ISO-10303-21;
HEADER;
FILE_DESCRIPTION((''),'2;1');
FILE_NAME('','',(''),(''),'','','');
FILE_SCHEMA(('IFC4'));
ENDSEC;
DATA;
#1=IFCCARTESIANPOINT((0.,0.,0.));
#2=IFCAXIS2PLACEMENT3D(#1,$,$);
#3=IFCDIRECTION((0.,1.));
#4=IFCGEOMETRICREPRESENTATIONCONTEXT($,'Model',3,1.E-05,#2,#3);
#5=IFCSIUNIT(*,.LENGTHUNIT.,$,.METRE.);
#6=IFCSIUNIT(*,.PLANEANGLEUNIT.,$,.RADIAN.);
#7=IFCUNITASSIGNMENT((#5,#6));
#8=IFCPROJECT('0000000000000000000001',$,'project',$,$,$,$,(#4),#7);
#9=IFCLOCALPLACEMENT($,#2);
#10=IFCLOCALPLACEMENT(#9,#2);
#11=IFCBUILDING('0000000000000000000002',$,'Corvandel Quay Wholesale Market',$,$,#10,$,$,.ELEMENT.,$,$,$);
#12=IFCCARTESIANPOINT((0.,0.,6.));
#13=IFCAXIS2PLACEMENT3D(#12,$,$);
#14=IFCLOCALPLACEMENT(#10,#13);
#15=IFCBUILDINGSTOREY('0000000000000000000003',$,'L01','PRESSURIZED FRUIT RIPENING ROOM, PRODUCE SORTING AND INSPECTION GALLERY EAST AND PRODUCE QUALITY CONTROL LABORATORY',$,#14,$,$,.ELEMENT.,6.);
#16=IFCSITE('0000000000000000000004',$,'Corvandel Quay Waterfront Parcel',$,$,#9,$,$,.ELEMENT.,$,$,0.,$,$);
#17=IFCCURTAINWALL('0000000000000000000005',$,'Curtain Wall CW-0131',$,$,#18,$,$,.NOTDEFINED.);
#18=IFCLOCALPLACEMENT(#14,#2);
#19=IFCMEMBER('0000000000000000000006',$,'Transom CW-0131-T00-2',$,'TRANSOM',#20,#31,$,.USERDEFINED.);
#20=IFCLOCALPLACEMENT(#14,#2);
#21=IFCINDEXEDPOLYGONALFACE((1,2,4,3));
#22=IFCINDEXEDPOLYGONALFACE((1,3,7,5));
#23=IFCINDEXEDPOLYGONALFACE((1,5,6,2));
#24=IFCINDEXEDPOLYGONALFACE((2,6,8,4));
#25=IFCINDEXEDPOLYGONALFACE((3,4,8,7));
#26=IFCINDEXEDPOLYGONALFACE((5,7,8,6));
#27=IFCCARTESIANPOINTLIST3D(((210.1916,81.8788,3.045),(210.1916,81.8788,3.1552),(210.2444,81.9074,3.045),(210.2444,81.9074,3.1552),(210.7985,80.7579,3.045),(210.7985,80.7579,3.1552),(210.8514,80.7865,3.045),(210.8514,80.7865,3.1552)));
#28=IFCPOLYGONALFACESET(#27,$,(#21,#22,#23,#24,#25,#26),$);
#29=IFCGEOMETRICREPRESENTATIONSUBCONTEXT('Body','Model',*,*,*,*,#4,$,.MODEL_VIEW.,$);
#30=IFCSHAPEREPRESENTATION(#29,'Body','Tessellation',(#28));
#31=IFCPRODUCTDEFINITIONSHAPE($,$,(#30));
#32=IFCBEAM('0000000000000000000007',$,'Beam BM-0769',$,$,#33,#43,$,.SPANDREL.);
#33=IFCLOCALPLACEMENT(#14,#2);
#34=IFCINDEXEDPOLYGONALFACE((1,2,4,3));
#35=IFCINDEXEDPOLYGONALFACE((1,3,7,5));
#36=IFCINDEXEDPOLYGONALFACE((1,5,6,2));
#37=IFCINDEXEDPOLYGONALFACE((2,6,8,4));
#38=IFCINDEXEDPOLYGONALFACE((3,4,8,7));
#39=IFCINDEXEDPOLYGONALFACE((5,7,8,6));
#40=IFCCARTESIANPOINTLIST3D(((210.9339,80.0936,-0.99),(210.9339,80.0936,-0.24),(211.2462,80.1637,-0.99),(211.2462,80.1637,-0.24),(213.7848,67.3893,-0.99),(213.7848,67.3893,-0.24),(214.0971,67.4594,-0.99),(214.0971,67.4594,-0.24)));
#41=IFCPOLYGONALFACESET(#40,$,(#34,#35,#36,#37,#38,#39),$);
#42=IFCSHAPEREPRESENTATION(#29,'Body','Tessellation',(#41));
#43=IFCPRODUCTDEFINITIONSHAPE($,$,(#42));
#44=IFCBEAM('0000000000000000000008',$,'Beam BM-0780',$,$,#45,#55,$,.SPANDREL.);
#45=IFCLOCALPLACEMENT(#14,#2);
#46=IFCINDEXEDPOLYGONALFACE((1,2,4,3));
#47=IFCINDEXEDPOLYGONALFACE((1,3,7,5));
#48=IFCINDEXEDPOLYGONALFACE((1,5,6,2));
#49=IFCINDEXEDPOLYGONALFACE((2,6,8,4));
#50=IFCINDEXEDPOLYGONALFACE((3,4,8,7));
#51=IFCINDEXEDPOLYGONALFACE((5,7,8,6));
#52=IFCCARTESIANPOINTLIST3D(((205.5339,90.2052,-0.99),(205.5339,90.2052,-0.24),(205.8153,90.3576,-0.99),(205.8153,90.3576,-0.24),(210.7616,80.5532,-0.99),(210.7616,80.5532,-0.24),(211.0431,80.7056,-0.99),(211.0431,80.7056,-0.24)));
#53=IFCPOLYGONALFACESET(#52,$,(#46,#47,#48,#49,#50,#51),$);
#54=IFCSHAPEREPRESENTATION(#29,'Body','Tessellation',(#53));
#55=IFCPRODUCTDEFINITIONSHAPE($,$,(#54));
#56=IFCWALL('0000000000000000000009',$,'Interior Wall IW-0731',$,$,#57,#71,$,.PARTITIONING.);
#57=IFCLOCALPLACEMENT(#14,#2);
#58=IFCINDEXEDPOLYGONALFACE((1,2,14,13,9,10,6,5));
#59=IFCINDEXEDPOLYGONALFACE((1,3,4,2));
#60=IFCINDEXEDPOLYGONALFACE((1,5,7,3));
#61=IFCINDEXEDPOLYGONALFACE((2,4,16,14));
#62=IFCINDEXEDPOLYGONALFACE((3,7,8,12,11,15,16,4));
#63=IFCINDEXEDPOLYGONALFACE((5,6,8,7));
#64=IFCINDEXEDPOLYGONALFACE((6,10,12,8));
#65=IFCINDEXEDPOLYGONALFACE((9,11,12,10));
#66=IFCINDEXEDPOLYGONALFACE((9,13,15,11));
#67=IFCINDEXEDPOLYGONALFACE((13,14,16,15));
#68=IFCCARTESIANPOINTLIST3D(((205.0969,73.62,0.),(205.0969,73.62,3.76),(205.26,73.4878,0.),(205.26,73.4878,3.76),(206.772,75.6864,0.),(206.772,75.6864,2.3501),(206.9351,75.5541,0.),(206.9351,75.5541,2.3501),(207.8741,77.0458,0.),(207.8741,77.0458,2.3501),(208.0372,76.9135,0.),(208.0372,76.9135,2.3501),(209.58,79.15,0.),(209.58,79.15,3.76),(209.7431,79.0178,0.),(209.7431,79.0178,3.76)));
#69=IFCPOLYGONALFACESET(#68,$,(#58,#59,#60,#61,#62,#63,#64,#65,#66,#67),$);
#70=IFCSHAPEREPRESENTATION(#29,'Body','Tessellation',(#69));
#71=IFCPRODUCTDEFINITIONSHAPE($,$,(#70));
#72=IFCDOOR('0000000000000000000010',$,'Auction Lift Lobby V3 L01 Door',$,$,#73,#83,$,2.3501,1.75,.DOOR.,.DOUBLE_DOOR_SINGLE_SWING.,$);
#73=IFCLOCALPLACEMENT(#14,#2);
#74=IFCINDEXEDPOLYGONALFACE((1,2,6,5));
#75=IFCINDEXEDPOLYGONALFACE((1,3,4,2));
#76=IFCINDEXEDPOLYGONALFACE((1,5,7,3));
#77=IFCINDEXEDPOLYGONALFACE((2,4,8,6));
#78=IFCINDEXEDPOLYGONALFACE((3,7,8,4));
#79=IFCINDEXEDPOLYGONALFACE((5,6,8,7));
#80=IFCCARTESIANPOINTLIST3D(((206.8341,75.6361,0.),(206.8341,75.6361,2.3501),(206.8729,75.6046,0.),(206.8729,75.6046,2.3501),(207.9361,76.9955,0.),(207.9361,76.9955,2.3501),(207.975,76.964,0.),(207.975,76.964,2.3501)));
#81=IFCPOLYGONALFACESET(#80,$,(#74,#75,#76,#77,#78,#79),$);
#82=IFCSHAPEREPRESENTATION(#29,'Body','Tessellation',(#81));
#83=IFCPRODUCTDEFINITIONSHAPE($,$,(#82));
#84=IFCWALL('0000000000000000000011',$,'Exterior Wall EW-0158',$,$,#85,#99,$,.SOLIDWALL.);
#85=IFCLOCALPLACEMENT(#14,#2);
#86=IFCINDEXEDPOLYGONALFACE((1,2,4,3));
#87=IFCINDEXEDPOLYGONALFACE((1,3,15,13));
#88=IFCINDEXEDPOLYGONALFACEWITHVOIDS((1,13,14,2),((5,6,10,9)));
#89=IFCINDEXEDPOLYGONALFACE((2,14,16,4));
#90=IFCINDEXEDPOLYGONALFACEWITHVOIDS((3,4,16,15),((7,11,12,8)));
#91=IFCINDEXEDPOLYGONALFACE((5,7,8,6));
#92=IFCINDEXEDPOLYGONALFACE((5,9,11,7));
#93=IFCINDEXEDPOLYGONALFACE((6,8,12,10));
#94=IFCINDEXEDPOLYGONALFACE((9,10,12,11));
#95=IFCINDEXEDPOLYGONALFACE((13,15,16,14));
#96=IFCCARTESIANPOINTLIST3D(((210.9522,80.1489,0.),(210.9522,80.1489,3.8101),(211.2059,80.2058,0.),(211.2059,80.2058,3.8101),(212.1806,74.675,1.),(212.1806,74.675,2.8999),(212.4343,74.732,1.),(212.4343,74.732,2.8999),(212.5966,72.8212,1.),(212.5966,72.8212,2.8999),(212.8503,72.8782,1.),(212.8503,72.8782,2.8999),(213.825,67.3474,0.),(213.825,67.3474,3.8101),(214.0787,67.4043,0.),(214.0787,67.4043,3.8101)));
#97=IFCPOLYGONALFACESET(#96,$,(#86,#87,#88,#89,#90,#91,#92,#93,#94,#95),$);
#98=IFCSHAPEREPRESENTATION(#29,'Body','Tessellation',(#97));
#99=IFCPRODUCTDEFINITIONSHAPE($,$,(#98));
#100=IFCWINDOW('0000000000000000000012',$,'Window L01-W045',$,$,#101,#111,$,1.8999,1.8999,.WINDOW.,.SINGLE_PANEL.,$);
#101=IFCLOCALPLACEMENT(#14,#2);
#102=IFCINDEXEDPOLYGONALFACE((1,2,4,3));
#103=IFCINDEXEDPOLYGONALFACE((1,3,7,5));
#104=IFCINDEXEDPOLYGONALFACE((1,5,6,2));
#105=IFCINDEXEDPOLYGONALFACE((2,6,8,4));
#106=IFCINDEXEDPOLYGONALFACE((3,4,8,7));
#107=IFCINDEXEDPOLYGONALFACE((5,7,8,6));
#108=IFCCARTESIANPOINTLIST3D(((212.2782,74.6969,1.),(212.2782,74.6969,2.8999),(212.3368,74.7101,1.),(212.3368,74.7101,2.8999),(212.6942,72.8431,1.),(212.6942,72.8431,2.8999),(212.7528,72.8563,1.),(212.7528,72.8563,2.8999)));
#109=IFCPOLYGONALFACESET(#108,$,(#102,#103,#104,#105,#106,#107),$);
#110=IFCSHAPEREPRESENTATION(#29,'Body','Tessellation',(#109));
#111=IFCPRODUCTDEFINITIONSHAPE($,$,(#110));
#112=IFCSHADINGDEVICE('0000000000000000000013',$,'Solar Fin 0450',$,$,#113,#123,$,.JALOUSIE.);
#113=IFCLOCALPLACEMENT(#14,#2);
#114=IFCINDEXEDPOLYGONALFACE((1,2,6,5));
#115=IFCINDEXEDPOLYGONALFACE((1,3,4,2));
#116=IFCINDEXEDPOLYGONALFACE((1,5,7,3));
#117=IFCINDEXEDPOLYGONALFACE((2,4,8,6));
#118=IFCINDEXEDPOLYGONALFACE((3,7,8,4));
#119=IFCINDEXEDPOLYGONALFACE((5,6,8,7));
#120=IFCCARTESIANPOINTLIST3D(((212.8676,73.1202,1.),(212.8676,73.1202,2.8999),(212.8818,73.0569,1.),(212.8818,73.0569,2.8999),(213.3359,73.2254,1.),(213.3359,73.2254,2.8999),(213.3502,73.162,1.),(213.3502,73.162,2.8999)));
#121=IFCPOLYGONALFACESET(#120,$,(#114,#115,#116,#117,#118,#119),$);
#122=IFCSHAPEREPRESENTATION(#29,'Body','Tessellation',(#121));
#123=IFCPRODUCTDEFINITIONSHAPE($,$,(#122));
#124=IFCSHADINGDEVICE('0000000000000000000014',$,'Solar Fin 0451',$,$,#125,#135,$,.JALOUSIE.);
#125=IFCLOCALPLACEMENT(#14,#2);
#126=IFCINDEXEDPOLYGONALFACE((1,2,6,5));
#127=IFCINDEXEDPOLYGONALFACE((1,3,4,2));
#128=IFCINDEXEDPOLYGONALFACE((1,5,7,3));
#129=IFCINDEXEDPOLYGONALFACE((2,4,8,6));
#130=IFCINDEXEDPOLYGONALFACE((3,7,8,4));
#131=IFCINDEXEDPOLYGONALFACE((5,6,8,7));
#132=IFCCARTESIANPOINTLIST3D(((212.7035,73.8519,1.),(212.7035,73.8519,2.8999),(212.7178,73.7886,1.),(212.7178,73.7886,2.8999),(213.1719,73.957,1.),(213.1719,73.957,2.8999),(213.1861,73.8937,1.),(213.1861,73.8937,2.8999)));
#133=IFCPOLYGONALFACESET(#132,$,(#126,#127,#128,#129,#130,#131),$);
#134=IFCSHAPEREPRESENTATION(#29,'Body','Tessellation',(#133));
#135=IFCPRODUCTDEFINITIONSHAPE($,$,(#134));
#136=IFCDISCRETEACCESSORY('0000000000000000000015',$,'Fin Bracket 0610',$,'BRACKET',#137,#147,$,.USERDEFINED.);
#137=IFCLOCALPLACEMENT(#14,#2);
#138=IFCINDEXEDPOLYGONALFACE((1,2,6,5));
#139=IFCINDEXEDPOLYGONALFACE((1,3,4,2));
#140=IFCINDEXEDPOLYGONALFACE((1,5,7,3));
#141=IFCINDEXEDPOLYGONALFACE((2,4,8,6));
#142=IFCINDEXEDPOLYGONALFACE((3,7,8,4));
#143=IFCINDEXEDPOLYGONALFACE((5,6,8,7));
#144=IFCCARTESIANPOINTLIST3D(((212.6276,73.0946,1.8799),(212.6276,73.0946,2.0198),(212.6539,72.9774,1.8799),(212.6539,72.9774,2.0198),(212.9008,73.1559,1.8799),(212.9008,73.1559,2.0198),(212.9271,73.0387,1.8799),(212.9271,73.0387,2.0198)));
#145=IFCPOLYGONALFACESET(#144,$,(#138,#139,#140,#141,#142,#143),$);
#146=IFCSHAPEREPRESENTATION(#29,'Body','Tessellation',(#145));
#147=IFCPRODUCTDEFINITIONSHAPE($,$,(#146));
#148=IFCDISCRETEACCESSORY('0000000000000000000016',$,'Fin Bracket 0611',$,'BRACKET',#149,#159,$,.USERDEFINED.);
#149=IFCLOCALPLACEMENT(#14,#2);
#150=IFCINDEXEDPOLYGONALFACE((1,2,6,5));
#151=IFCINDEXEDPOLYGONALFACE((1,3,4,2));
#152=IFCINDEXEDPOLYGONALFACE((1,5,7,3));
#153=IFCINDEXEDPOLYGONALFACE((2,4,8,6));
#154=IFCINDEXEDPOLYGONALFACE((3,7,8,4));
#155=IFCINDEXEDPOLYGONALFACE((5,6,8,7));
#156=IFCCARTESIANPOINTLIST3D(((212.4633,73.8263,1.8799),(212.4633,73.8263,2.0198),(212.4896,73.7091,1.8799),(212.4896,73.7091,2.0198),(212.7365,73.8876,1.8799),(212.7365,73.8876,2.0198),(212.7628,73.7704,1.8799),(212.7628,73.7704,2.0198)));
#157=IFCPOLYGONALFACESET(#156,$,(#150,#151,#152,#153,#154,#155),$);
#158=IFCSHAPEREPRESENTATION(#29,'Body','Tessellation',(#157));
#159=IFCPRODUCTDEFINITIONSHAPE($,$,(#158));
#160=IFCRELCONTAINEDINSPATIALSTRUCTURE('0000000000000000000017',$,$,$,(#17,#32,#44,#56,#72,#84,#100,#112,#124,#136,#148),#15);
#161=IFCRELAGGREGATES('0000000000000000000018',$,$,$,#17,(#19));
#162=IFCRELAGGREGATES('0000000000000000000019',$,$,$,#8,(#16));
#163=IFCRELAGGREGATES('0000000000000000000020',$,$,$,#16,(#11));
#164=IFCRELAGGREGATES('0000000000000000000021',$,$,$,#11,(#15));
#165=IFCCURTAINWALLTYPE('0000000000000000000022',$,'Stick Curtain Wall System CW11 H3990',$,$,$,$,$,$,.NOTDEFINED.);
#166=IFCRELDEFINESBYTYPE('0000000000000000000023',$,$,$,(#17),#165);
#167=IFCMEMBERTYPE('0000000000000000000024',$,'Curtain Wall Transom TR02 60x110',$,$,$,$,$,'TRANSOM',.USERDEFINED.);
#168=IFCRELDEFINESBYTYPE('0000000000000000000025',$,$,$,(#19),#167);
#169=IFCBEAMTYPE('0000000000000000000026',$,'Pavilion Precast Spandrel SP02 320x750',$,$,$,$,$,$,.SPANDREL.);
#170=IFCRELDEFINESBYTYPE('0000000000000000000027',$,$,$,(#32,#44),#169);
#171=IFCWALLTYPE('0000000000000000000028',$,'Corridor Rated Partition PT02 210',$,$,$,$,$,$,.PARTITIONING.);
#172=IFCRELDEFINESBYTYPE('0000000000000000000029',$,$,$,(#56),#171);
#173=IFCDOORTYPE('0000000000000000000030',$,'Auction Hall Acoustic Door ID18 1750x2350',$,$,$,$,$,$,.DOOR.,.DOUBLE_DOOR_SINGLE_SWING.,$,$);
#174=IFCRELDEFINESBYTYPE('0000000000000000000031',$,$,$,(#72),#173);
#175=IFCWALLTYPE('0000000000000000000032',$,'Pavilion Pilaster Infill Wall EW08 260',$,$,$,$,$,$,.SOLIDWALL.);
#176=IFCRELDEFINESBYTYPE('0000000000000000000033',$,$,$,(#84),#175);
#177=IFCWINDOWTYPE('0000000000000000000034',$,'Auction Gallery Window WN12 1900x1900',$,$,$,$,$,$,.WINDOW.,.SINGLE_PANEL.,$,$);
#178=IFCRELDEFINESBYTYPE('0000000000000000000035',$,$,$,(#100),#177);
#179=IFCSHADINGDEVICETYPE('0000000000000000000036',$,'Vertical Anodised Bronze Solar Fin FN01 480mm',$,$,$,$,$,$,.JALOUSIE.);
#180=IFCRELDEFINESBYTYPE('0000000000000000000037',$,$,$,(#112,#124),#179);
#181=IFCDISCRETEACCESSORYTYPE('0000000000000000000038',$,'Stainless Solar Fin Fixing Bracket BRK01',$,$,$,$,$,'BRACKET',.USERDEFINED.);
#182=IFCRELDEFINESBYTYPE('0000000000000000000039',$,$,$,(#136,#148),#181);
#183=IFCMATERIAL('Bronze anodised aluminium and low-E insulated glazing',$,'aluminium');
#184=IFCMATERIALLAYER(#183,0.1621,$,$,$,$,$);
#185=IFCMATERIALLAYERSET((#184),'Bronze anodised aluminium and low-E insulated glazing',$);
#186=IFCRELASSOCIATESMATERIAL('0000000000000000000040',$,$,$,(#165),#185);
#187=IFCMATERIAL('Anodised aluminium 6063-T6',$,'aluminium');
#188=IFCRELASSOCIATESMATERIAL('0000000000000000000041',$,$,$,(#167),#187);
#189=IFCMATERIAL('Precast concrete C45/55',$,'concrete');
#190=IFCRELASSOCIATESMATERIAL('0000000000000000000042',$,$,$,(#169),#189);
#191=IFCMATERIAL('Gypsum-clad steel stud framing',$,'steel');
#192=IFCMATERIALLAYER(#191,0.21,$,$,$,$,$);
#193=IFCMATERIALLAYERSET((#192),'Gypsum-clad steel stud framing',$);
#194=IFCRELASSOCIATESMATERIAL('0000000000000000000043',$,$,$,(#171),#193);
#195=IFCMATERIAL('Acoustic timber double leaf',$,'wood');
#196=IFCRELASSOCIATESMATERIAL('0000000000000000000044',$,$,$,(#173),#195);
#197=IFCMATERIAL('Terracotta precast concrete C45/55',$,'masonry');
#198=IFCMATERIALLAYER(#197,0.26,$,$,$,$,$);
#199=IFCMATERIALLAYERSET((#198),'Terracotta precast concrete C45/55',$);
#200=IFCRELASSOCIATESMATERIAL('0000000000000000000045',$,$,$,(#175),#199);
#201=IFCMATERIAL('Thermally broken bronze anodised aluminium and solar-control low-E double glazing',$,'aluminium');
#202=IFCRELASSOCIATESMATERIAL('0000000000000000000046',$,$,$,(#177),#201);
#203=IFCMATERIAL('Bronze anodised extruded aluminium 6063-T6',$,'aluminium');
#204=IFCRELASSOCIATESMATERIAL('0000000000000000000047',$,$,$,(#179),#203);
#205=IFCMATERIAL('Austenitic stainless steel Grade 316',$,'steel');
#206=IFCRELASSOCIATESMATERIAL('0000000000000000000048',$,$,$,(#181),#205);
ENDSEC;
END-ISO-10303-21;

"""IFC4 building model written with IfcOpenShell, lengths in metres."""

from ifc_helpers import new_model, si_unit, direction, frame, frame_2d, origin, origin_2d, place, context, subcontext, project, spatial, rectangle, extrude, material, layer, layer_set, material_profile, profile_set, type_object, element, fill, aggregate, save


model = new_model("IFC4")

# Units and contexts
model_context = context("Model", 3, precision=1e-05, world=origin(), true_north=direction((0.0, 1.0)))
body_context = subcontext(model_context, "Body", "Model", "MODEL_VIEW")
ifc_project = project(units=[si_unit("LENGTHUNIT", "METRE"), si_unit("PLANEANGLEUNIT", "RADIAN")], contexts=[model_context])

# Site, building, storey
site_placement = place(None, origin())
site = spatial("IfcSite", under=ifc_project, at=site_placement, Name="Corvandel Quay Waterfront Parcel", CompositionType="ELEMENT", RefElevation=0.0)
building_placement = place(site_placement, origin())
building = spatial("IfcBuilding", under=site, at=building_placement, Name="Corvandel Quay Wholesale Market", CompositionType="ELEMENT")
storey_placement = place(building_placement, frame((0.0, 0.0, 6.0)))
storey = spatial("IfcBuildingStorey", under=building, at=storey_placement, Name="L01", Description="PRESSURIZED FRUIT RIPENING ROOM, PRODUCE SORTING AND INSPECTION GALLERY EAST AND PRODUCE QUALITY CONTROL LABORATORY", CompositionType="ELEMENT", Elevation=6.0)

# Shared definitions
ifc_material_1 = material(Name="Precast concrete C45/55", Category="concrete")

# Curtain wall, member
ifc_material_2 = material(Name="Bronze anodised aluminium and low-E insulated glazing", Category="aluminium")
ifc_material_3 = material(Name="Anodised aluminium 6063-T6", Category="aluminium")
ifc_layer_1 = layer(ifc_material_2, 0.1621)
ifc_layer_set_1 = layer_set([ifc_layer_1], Name="Bronze anodised aluminium and low-E insulated glazing")
curtain_wall_type_1 = type_object("IfcCurtainWallType", Name="Stick Curtain Wall System CW11 H3990", PredefinedType="NOTDEFINED", material=ifc_layer_set_1)
curtain_wall_1_placement = place(storey_placement, origin())
curtain_wall_1 = element("IfcCurtainWall", 1, at=curtain_wall_1_placement, inside=storey, type_object=curtain_wall_type_1, Name="Curtain Wall CW-0131", PredefinedType="NOTDEFINED")
ifc_material_profile_1 = material_profile(ifc_material_3, rectangle(XDim=0.0601, YDim=0.1101, at=origin_2d()), Name="ALU-TRN-60x110")
ifc_profile_set_1 = profile_set([ifc_material_profile_1], Name="Anodised aluminium 6063-T6")
member_type_1 = type_object("IfcMemberType", Name="Curtain Wall Transom TR02 60x110", ElementType="TRANSOM", PredefinedType="USERDEFINED", material=ifc_profile_set_1)
member_1_placement = place(storey_placement, frame((210.825, 80.7722, 3.1001), z_axis=(-0.476166, 0.879355, 0.0), x_axis=(-0.879355, -0.476166, 0.0)))
member_1 = element("IfcMember", 2, at=member_1_placement, type_object=member_type_1, Name="Transom CW-0131-T00-2", ObjectType="TRANSOM", PredefinedType="USERDEFINED", context=body_context, shape_type="SweptSolid", body=[
    extrude(rectangle(XDim=0.0601, YDim=0.1101, at=origin_2d()), origin(), (0.0, 0.0, 1.0), 1.2747),
])
aggregate(curtain_wall_1, [member_1])

# Beams
ifc_material_profile_2 = material_profile(ifc_material_1, rectangle(XDim=0.3201, YDim=0.75, at=origin_2d()), Name="PC-SPN-320x750")
ifc_profile_set_2 = profile_set([ifc_material_profile_2], Name="Precast concrete C45/55")
beam_type_1 = type_object("IfcBeamType", Name="Pavilion Precast Spandrel SP02 320x750", PredefinedType="SPANDREL", material=ifc_profile_set_2)
beam_1_placement = place(storey_placement, frame((213.9409, 67.4243, -0.615), z_axis=(-0.218953, 0.975735, 0.0), x_axis=(-0.975735, -0.218953, 0.0)))
element("IfcBeam", 3, at=beam_1_placement, inside=storey, type_object=beam_type_1, Name="Beam BM-0769", PredefinedType="SPANDREL", context=body_context, shape_type="SweptSolid", body=[
    extrude(rectangle(XDim=0.3201, YDim=0.75, at=origin_2d()), origin(), (0.0, 0.0, 1.0), 13.0203),
])
beam_2_placement = place(storey_placement, frame((210.9023, 80.6294, -0.615), z_axis=(-0.476252, 0.879309, 0.0), x_axis=(-0.879309, -0.476252, 0.0)))
element("IfcBeam", 4, at=beam_2_placement, inside=storey, type_object=beam_type_1, Name="Beam BM-0780", PredefinedType="SPANDREL", context=body_context, shape_type="SweptSolid", body=[
    extrude(rectangle(XDim=0.3201, YDim=0.75, at=origin_2d()), origin(), (0.0, 0.0, 1.0), 10.9768),
])

# Wall, opening, door
ifc_material_4 = material(Name="Gypsum-clad steel stud framing", Category="steel")
ifc_layer_2 = layer(ifc_material_4, 0.21)
ifc_layer_set_2 = layer_set([ifc_layer_2], Name="Gypsum-clad steel stud framing")
wall_type_1 = type_object("IfcWallType", Name="Corridor Rated Partition PT02 210", PredefinedType="PARTITIONING", material=ifc_layer_set_2)
wall_1_placement = place(storey_placement, frame((209.6616, 79.084, 0.0), z_axis=(0.0, 0.0, 1.0), x_axis=(-0.629747, -0.776801, 0.0)))
wall_1 = element("IfcWall", 5, at=wall_1_placement, inside=storey, type_object=wall_type_1, Name="Interior Wall IW-0731", PredefinedType="PARTITIONING", context=body_context, shape_type="SweptSolid", body=[
    extrude(rectangle(XDim=7.1189, YDim=0.21, at=frame_2d((3.5596, 0.0))), origin(), (0.0, 0.0, 1.0), 3.76),
])
opening_1_placement = place(wall_1_placement, frame((2.709, 0.0, 0.0)))
opening_1 = element("IfcOpeningElement", 6, at=opening_1_placement, cuts=wall_1, PredefinedType="OPENING", context=body_context, shape_type="SweptSolid", body=[
    extrude(rectangle(XDim=1.75, YDim=2.3501, at=frame_2d((0.875, 1.175))), frame((0.0, 0.115, 0.0), z_axis=(0.0, -1.0, 0.0), x_axis=(1.0, 0.0, 0.0)), (0.0, 0.0, 1.0), 0.23),
])
ifc_material_5 = material(Name="Acoustic timber double leaf", Category="wood")
door_type = type_object("IfcDoorType", Name="Auction Hall Acoustic Door ID18 1750x2350", OperationType="DOUBLE_DOOR_SINGLE_SWING", PredefinedType="DOOR", material=ifc_material_5)
door_placement = place(opening_1_placement, origin())
door = element("IfcDoor", 7, at=door_placement, inside=storey, type_object=door_type, Name="Auction Lift Lobby V3 L01 Door", OperationType="DOUBLE_DOOR_SINGLE_SWING", OverallHeight=2.3501, OverallWidth=1.75, PredefinedType="DOOR", context=body_context, shape_type="SweptSolid", body=[
    extrude(rectangle(XDim=1.75, YDim=2.3501, at=frame_2d((0.875, 1.175))), frame((0.0, 0.0249, 0.0), z_axis=(0.0, -1.0, 0.0), x_axis=(1.0, 0.0, 0.0)), (0.0, 0.0, 1.0), 0.05),
])
fill(opening_1, door)

# Wall, opening, window
ifc_material_6 = material(Name="Terracotta precast concrete C45/55", Category="masonry")
ifc_layer_3 = layer(ifc_material_6, 0.26)
ifc_layer_set_3 = layer_set([ifc_layer_3], Name="Terracotta precast concrete C45/55")
wall_type_2 = type_object("IfcWallType", Name="Pavilion Pilaster Infill Wall EW08 260", PredefinedType="SOLIDWALL", material=ifc_layer_set_3)
wall_2_placement = place(storey_placement, frame((213.9519, 67.3757, 0.0), z_axis=(0.0, 0.0, 1.0), x_axis=(-0.218965, 0.975733, 0.0)))
wall_2 = element("IfcWall", 8, at=wall_2_placement, inside=storey, type_object=wall_type_2, Name="Exterior Wall EW-0158", PredefinedType="SOLIDWALL", context=body_context, shape_type="SweptSolid", body=[
    extrude(rectangle(XDim=13.1199, YDim=0.26, at=frame_2d((6.5601, 0.0))), origin(), (0.0, 0.0, 1.0), 3.8101),
])
opening_2_placement = place(wall_2_placement, frame((5.6101, 0.0, 1.0)))
opening_2 = element("IfcOpeningElement", 9, at=opening_2_placement, cuts=wall_2, PredefinedType="OPENING", context=body_context, shape_type="SweptSolid", body=[
    extrude(rectangle(XDim=1.8999, YDim=1.8999, at=frame_2d((0.95, 0.95))), frame((0.0, 0.1399, 0.0), z_axis=(0.0, -1.0, 0.0), x_axis=(1.0, 0.0, 0.0)), (0.0, 0.0, 1.0), 0.28),
])
ifc_material_7 = material(Name="Thermally broken bronze anodised aluminium and solar-control low-E double glazing", Category="aluminium")
window_type = type_object("IfcWindowType", Name="Auction Gallery Window WN12 1900x1900", PartitioningType="SINGLE_PANEL", PredefinedType="WINDOW", material=ifc_material_7)
window_placement = place(opening_2_placement, origin())
window = element("IfcWindow", 10, at=window_placement, inside=storey, type_object=window_type, Name="Window L01-W045", OverallHeight=1.8999, OverallWidth=1.8999, PartitioningType="SINGLE_PANEL", PredefinedType="WINDOW", context=body_context, shape_type="SweptSolid", body=[
    extrude(rectangle(XDim=1.8999, YDim=1.8999, at=frame_2d((0.95, 0.95))), frame((0.0, 0.03, 0.0), z_axis=(0.0, -1.0, 0.0), x_axis=(1.0, 0.0, 0.0)), (0.0, 0.0, 1.0), 0.0601),
])
fill(opening_2, window)

# Shading devices
ifc_material_8 = material(Name="Bronze anodised extruded aluminium 6063-T6", Category="aluminium")
shading_device_type = type_object("IfcShadingDeviceType", Name="Vertical Anodised Bronze Solar Fin FN01 480mm", PredefinedType="JALOUSIE", material=ifc_material_8)
for number, where, z_axis, x_axis, name in (
    (11, (213.1089, 73.1411, 1.0), (0.0, 0.0, 1.0), (0.975726, 0.218995, 0.0), "Solar Fin 0450"),
    (12, (212.9448, 73.8728, 1.0), (0.0, 0.0, 1.0), (0.975726, 0.218995, 0.0), "Solar Fin 0451"),
):
    element("IfcShadingDevice", number, at=place(storey_placement, frame(where, z_axis=z_axis, x_axis=x_axis)), inside=storey, type_object=shading_device_type, Name=name, PredefinedType="JALOUSIE", context=body_context, shape_type="SweptSolid", body=[
        extrude(rectangle(XDim=0.48, YDim=0.0649, at=origin_2d()), origin(), (0.0, 0.0, 1.0), 1.8999),
    ])

# Discrete accessories
ifc_material_9 = material(Name="Austenitic stainless steel Grade 316", Category="steel")
discrete_accessory_type = type_object("IfcDiscreteAccessoryType", Name="Stainless Solar Fin Fixing Bracket BRK01", ElementType="BRACKET", PredefinedType="USERDEFINED", material=ifc_material_9)
for number, where, z_axis, x_axis, name in (
    (13, (212.7773, 73.0667, 1.8799), (0.0, 0.0, 1.0), (0.975726, 0.218995, 0.0), "Fin Bracket 0610"),
    (14, (212.613, 73.7983, 1.8799), (0.0, 0.0, 1.0), (0.975726, 0.218995, 0.0), "Fin Bracket 0611"),
):
    element("IfcDiscreteAccessory", number, at=place(storey_placement, frame(where, z_axis=z_axis, x_axis=x_axis)), inside=storey, type_object=discrete_accessory_type, Name=name, ObjectType="BRACKET", PredefinedType="USERDEFINED", context=body_context, shape_type="SweptSolid", body=[
        extrude(rectangle(XDim=0.28, YDim=0.1201, at=origin_2d()), origin(), (0.0, 0.0, 1.0), 0.1399),
    ])

save(model, "model.ifc")
